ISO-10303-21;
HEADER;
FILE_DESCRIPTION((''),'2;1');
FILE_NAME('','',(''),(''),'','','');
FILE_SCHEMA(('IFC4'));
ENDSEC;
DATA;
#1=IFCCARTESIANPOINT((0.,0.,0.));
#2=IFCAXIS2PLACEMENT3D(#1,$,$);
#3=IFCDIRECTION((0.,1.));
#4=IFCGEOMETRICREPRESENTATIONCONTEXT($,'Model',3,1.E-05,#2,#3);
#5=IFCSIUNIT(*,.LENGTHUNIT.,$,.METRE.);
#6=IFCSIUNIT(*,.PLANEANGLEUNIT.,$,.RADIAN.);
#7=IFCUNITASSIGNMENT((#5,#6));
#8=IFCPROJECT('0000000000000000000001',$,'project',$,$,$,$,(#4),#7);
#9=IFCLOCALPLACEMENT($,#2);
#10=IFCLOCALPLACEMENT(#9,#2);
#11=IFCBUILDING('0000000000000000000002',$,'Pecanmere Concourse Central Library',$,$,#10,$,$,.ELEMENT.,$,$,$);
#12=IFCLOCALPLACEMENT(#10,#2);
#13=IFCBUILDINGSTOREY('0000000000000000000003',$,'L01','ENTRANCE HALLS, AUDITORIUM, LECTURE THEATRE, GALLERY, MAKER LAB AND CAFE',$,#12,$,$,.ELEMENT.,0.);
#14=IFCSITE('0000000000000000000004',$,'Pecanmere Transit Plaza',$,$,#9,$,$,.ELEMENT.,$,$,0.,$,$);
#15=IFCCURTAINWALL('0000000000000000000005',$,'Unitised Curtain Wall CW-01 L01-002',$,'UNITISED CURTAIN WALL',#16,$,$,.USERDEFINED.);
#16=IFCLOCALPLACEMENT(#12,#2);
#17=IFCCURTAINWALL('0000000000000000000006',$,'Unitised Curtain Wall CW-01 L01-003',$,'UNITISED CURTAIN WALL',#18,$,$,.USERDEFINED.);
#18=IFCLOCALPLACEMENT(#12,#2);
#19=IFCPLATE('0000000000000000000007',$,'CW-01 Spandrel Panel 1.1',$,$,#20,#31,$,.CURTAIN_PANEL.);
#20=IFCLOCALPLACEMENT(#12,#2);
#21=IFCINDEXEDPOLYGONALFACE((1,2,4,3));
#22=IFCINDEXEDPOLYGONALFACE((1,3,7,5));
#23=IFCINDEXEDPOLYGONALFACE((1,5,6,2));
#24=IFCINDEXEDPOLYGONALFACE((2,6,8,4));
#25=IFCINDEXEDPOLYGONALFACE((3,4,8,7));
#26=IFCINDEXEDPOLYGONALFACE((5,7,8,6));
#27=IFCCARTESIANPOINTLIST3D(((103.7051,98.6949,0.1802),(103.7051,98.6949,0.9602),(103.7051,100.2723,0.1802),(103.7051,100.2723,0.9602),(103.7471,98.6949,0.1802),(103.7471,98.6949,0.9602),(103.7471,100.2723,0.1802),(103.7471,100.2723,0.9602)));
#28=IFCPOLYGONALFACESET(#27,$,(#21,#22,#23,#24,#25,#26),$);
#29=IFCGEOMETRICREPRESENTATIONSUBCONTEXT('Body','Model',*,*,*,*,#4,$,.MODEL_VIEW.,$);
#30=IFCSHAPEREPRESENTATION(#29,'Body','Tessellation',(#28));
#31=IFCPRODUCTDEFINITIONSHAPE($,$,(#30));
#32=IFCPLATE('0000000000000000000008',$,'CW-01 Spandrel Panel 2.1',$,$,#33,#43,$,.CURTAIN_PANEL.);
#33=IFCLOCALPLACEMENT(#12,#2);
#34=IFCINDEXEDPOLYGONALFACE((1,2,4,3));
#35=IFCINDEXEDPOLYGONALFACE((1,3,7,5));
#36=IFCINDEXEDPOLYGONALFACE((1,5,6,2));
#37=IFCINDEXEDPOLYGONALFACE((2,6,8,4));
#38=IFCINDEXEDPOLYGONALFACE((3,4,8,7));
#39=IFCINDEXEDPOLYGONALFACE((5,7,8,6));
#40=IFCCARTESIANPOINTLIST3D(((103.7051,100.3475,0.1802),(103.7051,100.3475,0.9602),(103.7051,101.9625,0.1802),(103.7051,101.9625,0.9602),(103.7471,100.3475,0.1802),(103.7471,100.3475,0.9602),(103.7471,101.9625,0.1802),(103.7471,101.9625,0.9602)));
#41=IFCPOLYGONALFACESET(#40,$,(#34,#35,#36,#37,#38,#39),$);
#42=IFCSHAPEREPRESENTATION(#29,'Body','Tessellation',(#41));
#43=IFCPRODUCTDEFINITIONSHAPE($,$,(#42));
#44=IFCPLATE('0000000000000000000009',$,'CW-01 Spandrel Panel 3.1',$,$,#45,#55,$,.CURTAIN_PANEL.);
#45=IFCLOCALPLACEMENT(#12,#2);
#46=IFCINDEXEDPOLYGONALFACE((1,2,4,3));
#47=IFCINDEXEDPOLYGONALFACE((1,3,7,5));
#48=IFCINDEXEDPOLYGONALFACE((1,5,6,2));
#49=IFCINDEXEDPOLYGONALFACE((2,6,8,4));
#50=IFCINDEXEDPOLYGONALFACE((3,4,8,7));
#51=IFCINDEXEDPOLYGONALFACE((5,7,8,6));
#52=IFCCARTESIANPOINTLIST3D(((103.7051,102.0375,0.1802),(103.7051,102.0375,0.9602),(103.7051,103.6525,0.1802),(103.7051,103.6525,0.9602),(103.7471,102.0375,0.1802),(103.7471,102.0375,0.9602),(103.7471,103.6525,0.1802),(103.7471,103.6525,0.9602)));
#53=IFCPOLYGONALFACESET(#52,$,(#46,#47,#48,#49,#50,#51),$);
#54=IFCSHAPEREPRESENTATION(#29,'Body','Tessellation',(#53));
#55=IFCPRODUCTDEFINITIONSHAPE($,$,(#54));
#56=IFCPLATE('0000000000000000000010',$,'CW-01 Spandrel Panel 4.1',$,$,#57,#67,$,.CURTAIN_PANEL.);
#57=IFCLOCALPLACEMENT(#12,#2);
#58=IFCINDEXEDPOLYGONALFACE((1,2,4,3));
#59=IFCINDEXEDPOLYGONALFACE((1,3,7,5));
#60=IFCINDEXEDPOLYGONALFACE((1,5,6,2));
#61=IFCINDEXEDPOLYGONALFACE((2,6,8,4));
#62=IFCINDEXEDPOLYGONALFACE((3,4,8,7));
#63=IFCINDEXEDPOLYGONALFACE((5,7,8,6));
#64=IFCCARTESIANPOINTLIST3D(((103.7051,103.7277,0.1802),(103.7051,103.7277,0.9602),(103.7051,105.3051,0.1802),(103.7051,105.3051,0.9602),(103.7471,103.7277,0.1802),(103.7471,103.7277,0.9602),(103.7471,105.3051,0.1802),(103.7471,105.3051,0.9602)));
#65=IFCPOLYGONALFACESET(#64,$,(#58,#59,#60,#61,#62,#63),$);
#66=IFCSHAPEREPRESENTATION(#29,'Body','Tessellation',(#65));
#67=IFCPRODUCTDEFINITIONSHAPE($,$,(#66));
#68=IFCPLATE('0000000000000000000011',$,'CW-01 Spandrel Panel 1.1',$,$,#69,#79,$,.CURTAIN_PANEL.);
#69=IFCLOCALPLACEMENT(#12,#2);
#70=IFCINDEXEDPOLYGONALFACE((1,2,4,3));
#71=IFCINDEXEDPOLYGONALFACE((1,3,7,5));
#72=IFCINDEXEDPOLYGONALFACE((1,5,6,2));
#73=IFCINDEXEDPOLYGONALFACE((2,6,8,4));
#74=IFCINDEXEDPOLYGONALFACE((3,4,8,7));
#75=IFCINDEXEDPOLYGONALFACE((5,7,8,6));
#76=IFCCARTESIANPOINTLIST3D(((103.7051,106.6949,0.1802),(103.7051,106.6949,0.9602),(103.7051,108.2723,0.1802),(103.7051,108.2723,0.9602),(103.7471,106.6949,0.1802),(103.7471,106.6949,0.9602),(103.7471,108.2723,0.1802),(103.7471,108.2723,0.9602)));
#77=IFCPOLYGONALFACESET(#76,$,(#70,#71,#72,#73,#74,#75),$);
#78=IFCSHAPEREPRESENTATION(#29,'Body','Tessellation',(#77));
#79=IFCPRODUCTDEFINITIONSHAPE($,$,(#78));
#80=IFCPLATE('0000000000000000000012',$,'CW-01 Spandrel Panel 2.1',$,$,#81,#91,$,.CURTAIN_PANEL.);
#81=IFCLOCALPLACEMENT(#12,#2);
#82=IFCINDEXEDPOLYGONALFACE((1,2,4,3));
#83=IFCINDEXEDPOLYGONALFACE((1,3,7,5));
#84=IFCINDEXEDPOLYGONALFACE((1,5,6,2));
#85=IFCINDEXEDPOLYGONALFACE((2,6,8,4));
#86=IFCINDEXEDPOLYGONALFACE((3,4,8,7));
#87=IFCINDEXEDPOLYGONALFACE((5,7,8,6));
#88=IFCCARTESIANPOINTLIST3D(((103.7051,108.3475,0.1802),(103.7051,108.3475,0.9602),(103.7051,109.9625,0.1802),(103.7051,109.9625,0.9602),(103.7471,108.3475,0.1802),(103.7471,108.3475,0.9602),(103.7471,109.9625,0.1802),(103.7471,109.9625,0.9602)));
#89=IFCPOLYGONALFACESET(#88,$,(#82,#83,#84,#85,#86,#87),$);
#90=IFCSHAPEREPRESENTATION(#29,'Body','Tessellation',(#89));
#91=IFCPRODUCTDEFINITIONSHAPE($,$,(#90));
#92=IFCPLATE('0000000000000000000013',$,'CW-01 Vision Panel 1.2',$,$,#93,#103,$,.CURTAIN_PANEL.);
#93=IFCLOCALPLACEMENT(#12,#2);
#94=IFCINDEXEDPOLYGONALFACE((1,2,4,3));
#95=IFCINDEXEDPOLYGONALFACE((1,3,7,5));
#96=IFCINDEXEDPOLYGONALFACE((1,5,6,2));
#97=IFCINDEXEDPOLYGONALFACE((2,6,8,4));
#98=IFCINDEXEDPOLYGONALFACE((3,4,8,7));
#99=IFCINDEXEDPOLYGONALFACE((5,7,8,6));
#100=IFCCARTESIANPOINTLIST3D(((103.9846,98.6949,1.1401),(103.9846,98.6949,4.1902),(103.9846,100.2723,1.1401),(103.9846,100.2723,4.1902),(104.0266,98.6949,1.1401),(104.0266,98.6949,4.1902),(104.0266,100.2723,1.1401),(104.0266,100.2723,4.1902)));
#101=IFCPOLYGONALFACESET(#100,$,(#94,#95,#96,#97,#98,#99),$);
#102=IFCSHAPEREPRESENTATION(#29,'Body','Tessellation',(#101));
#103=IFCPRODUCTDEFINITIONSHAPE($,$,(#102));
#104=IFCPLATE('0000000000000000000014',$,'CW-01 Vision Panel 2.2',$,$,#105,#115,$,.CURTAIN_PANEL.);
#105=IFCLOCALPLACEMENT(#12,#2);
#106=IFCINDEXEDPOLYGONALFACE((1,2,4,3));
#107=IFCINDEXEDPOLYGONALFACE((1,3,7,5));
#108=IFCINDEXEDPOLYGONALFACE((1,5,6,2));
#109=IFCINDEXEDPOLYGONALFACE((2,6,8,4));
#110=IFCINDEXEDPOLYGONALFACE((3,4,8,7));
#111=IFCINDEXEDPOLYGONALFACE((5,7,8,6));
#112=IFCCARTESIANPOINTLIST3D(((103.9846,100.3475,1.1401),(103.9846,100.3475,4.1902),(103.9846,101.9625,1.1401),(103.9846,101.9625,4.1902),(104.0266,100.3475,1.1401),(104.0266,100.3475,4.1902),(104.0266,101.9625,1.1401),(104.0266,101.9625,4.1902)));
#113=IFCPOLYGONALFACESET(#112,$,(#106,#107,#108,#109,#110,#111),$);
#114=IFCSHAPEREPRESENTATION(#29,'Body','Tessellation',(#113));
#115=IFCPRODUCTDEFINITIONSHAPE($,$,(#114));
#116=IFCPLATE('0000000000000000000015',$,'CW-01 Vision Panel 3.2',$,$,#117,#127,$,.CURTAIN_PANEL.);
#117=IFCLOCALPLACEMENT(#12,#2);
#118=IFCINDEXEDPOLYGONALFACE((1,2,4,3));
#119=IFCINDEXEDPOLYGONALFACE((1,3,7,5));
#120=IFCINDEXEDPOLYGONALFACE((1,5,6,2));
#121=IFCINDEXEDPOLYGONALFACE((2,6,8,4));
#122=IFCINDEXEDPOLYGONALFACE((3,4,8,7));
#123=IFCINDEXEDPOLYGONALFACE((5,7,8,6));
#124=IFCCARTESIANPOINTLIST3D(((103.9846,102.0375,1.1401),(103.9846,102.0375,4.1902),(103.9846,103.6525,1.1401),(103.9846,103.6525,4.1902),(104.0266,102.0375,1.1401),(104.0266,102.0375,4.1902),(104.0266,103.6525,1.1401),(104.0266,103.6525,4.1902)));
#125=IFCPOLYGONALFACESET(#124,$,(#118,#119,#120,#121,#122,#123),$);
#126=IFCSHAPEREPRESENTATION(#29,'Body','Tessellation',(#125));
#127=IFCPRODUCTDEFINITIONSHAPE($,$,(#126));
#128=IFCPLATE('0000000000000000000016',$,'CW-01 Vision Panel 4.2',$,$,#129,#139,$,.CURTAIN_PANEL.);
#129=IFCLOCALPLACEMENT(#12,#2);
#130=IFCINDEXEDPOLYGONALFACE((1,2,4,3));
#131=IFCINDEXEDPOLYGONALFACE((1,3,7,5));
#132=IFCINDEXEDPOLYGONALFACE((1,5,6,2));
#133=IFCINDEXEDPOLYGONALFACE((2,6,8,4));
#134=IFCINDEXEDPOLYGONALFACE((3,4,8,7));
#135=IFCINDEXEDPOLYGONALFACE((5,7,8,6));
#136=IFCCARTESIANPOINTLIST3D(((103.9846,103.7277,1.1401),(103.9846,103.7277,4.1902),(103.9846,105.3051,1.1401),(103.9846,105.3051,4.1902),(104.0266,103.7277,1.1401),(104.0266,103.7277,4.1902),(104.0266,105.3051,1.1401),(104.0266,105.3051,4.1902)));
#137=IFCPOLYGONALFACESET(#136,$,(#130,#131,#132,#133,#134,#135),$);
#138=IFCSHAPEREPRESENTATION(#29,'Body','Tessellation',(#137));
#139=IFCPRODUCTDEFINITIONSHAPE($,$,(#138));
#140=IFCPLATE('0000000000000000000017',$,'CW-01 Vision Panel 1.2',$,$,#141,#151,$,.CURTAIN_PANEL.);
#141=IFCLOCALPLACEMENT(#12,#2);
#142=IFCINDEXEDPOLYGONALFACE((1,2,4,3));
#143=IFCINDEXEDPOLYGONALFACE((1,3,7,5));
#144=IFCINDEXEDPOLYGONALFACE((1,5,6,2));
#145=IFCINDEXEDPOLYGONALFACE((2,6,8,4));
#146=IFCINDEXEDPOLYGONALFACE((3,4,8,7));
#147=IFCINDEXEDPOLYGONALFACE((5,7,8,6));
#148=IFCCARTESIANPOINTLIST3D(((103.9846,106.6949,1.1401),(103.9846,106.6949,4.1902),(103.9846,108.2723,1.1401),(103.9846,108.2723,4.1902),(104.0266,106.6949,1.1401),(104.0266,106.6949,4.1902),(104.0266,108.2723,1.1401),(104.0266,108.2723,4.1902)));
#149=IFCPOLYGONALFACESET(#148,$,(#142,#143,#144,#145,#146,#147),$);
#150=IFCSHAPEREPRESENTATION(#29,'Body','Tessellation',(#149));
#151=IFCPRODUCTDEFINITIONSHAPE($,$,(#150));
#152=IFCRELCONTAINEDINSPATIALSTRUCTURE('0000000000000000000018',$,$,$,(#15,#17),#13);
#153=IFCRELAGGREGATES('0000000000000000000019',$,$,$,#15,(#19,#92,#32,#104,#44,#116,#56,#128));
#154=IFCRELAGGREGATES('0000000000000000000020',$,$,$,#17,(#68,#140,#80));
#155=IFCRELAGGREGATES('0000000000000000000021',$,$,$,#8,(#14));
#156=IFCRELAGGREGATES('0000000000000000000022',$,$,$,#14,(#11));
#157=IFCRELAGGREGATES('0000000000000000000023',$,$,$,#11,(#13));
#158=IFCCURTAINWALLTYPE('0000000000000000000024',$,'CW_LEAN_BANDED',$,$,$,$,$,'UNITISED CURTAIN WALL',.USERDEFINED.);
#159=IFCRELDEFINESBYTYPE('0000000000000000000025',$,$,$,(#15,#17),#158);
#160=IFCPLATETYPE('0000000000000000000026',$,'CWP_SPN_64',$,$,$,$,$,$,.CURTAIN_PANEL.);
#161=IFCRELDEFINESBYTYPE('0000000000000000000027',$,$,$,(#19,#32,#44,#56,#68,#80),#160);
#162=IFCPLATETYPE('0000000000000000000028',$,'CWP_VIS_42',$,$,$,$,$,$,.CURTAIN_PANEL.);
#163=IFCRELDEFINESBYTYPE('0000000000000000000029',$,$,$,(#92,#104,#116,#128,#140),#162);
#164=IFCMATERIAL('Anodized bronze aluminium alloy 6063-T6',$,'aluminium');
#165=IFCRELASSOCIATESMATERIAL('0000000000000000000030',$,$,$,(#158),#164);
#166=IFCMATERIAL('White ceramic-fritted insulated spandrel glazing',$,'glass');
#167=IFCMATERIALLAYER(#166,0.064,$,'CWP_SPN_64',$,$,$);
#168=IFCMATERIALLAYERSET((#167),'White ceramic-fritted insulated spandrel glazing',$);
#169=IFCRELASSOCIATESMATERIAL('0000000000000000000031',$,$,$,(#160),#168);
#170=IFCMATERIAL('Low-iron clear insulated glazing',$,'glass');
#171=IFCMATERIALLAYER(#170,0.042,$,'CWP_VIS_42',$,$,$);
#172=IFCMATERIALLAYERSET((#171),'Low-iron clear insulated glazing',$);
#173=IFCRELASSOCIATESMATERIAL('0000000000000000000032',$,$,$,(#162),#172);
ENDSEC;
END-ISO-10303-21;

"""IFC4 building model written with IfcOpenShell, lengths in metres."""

from ifc_helpers import new_model, si_unit, direction, frame, origin, origin_2d, place, context, subcontext, project, spatial, rectangle, extrude, material, layer, layer_set, type_object, element, aggregate, save


model = new_model("IFC4")

# Units and contexts
model_context = context("Model", 3, precision=1e-05, world=origin(), true_north=direction((0.0, 1.0)))
body_context = subcontext(model_context, "Body", "Model", "MODEL_VIEW")
ifc_project = project(units=[si_unit("LENGTHUNIT", "METRE"), si_unit("PLANEANGLEUNIT", "RADIAN")], contexts=[model_context])

# Site, building, storey
site_placement = place(None, origin())
site = spatial("IfcSite", under=ifc_project, at=site_placement, Name="Pecanmere Transit Plaza", CompositionType="ELEMENT", RefElevation=0.0)
building_placement = place(site_placement, origin())
building = spatial("IfcBuilding", under=site, at=building_placement, Name="Pecanmere Concourse Central Library", CompositionType="ELEMENT")
storey_placement = place(building_placement, origin())
storey = spatial("IfcBuildingStorey", under=building, at=storey_placement, Name="L01", Description="ENTRANCE HALLS, AUDITORIUM, LECTURE THEATRE, GALLERY, MAKER LAB AND CAFE", CompositionType="ELEMENT", Elevation=0.0)

# Curtain walls
ifc_material_1 = material(Name="Anodized bronze aluminium alloy 6063-T6", Category="aluminium")
curtain_wall_type = type_object("IfcCurtainWallType", Name="CW_LEAN_BANDED", ElementType="UNITISED CURTAIN WALL", PredefinedType="USERDEFINED", material=ifc_material_1)
curtain_wall_1_placement = place(storey_placement, origin())
curtain_wall_1 = element("IfcCurtainWall", 1, at=curtain_wall_1_placement, inside=storey, type_object=curtain_wall_type, Name="Unitised Curtain Wall CW-01 L01-002", ObjectType="UNITISED CURTAIN WALL", PredefinedType="USERDEFINED")
curtain_wall_2_placement = place(storey_placement, origin())
curtain_wall_2 = element("IfcCurtainWall", 2, at=curtain_wall_2_placement, inside=storey, type_object=curtain_wall_type, Name="Unitised Curtain Wall CW-01 L01-003", ObjectType="UNITISED CURTAIN WALL", PredefinedType="USERDEFINED")

# Plates
ifc_material_2 = material(Name="White ceramic-fritted insulated spandrel glazing", Category="glass")
ifc_layer_1 = layer(ifc_material_2, 0.064, Name="CWP_SPN_64")
ifc_layer_set_1 = layer_set([ifc_layer_1], Name="White ceramic-fritted insulated spandrel glazing")
plate_type_1 = type_object("IfcPlateType", Name="CWP_SPN_64", PredefinedType="CURTAIN_PANEL", material=ifc_layer_set_1)
plate_1_placement = place(storey_placement, frame((103.7261, 99.4836, 0.1802), z_axis=(0.0, 0.0, 1.0), x_axis=(0.0, 1.0, 0.0)))
plate_1 = element("IfcPlate", 3, at=plate_1_placement, type_object=plate_type_1, Name="CW-01 Spandrel Panel 1.1", PredefinedType="CURTAIN_PANEL", context=body_context, shape_type="SweptSolid", body=[
    extrude(rectangle(XDim=1.5774, YDim=0.042, at=origin_2d()), origin(), (0.0, 0.0, 1.0), 0.78),
])
plate_2_placement = place(storey_placement, frame((103.7261, 101.155, 0.1802), z_axis=(0.0, 0.0, 1.0), x_axis=(0.0, 1.0, 0.0)))
plate_2 = element("IfcPlate", 4, at=plate_2_placement, type_object=plate_type_1, Name="CW-01 Spandrel Panel 2.1", PredefinedType="CURTAIN_PANEL", context=body_context, shape_type="SweptSolid", body=[
    extrude(rectangle(XDim=1.615, YDim=0.042, at=origin_2d()), origin(), (0.0, 0.0, 1.0), 0.78),
])
plate_3_placement = place(storey_placement, frame((103.7261, 102.845, 0.1802), z_axis=(0.0, 0.0, 1.0), x_axis=(0.0, 1.0, 0.0)))
plate_3 = element("IfcPlate", 5, at=plate_3_placement, type_object=plate_type_1, Name="CW-01 Spandrel Panel 3.1", PredefinedType="CURTAIN_PANEL", context=body_context, shape_type="SweptSolid", body=[
    extrude(rectangle(XDim=1.615, YDim=0.042, at=origin_2d()), origin(), (0.0, 0.0, 1.0), 0.78),
])
plate_4_placement = place(storey_placement, frame((103.7261, 104.5164, 0.1802), z_axis=(0.0, 0.0, 1.0), x_axis=(0.0, 1.0, 0.0)))
plate_4 = element("IfcPlate", 6, at=plate_4_placement, type_object=plate_type_1, Name="CW-01 Spandrel Panel 4.1", PredefinedType="CURTAIN_PANEL", context=body_context, shape_type="SweptSolid", body=[
    extrude(rectangle(XDim=1.5774, YDim=0.042, at=origin_2d()), origin(), (0.0, 0.0, 1.0), 0.78),
])
plate_5_placement = place(storey_placement, frame((103.7261, 107.4836, 0.1802), z_axis=(0.0, 0.0, 1.0), x_axis=(0.0, 1.0, 0.0)))
plate_5 = element("IfcPlate", 7, at=plate_5_placement, type_object=plate_type_1, Name="CW-01 Spandrel Panel 1.1", PredefinedType="CURTAIN_PANEL", context=body_context, shape_type="SweptSolid", body=[
    extrude(rectangle(XDim=1.5774, YDim=0.042, at=origin_2d()), origin(), (0.0, 0.0, 1.0), 0.78),
])
plate_6_placement = place(storey_placement, frame((103.7261, 109.155, 0.1802), z_axis=(0.0, 0.0, 1.0), x_axis=(0.0, 1.0, 0.0)))
plate_6 = element("IfcPlate", 8, at=plate_6_placement, type_object=plate_type_1, Name="CW-01 Spandrel Panel 2.1", PredefinedType="CURTAIN_PANEL", context=body_context, shape_type="SweptSolid", body=[
    extrude(rectangle(XDim=1.615, YDim=0.042, at=origin_2d()), origin(), (0.0, 0.0, 1.0), 0.78),
])
ifc_material_3 = material(Name="Low-iron clear insulated glazing", Category="glass")
ifc_layer_2 = layer(ifc_material_3, 0.042, Name="CWP_VIS_42")
ifc_layer_set_2 = layer_set([ifc_layer_2], Name="Low-iron clear insulated glazing")
plate_type_2 = type_object("IfcPlateType", Name="CWP_VIS_42", PredefinedType="CURTAIN_PANEL", material=ifc_layer_set_2)
plate_7_placement = place(storey_placement, frame((104.0056, 99.4836, 1.1401), z_axis=(0.0, 0.0, 1.0), x_axis=(0.0, 1.0, 0.0)))
plate_7 = element("IfcPlate", 9, at=plate_7_placement, type_object=plate_type_2, Name="CW-01 Vision Panel 1.2", PredefinedType="CURTAIN_PANEL", context=body_context, shape_type="SweptSolid", body=[
    extrude(rectangle(XDim=1.5774, YDim=0.042, at=origin_2d()), origin(), (0.0, 0.0, 1.0), 3.05),
])
plate_8_placement = place(storey_placement, frame((104.0056, 101.155, 1.1401), z_axis=(0.0, 0.0, 1.0), x_axis=(0.0, 1.0, 0.0)))
plate_8 = element("IfcPlate", 10, at=plate_8_placement, type_object=plate_type_2, Name="CW-01 Vision Panel 2.2", PredefinedType="CURTAIN_PANEL", context=body_context, shape_type="SweptSolid", body=[
    extrude(rectangle(XDim=1.615, YDim=0.042, at=origin_2d()), origin(), (0.0, 0.0, 1.0), 3.05),
])
plate_9_placement = place(storey_placement, frame((104.0056, 102.845, 1.1401), z_axis=(0.0, 0.0, 1.0), x_axis=(0.0, 1.0, 0.0)))
plate_9 = element("IfcPlate", 11, at=plate_9_placement, type_object=plate_type_2, Name="CW-01 Vision Panel 3.2", PredefinedType="CURTAIN_PANEL", context=body_context, shape_type="SweptSolid", body=[
    extrude(rectangle(XDim=1.615, YDim=0.042, at=origin_2d()), origin(), (0.0, 0.0, 1.0), 3.05),
])
plate_10_placement = place(storey_placement, frame((104.0056, 104.5164, 1.1401), z_axis=(0.0, 0.0, 1.0), x_axis=(0.0, 1.0, 0.0)))
plate_10 = element("IfcPlate", 12, at=plate_10_placement, type_object=plate_type_2, Name="CW-01 Vision Panel 4.2", PredefinedType="CURTAIN_PANEL", context=body_context, shape_type="SweptSolid", body=[
    extrude(rectangle(XDim=1.5774, YDim=0.042, at=origin_2d()), origin(), (0.0, 0.0, 1.0), 3.05),
])
aggregate(curtain_wall_1, [plate_1, plate_7, plate_2, plate_8, plate_3, plate_9, plate_4, plate_10])
plate_11_placement = place(storey_placement, frame((104.0056, 107.4836, 1.1401), z_axis=(0.0, 0.0, 1.0), x_axis=(0.0, 1.0, 0.0)))
plate_11 = element("IfcPlate", 13, at=plate_11_placement, type_object=plate_type_2, Name="CW-01 Vision Panel 1.2", PredefinedType="CURTAIN_PANEL", context=body_context, shape_type="SweptSolid", body=[
    extrude(rectangle(XDim=1.5774, YDim=0.042, at=origin_2d()), origin(), (0.0, 0.0, 1.0), 3.05),
])
aggregate(curtain_wall_2, [plate_5, plate_11, plate_6])

save(model, "model.ifc")
